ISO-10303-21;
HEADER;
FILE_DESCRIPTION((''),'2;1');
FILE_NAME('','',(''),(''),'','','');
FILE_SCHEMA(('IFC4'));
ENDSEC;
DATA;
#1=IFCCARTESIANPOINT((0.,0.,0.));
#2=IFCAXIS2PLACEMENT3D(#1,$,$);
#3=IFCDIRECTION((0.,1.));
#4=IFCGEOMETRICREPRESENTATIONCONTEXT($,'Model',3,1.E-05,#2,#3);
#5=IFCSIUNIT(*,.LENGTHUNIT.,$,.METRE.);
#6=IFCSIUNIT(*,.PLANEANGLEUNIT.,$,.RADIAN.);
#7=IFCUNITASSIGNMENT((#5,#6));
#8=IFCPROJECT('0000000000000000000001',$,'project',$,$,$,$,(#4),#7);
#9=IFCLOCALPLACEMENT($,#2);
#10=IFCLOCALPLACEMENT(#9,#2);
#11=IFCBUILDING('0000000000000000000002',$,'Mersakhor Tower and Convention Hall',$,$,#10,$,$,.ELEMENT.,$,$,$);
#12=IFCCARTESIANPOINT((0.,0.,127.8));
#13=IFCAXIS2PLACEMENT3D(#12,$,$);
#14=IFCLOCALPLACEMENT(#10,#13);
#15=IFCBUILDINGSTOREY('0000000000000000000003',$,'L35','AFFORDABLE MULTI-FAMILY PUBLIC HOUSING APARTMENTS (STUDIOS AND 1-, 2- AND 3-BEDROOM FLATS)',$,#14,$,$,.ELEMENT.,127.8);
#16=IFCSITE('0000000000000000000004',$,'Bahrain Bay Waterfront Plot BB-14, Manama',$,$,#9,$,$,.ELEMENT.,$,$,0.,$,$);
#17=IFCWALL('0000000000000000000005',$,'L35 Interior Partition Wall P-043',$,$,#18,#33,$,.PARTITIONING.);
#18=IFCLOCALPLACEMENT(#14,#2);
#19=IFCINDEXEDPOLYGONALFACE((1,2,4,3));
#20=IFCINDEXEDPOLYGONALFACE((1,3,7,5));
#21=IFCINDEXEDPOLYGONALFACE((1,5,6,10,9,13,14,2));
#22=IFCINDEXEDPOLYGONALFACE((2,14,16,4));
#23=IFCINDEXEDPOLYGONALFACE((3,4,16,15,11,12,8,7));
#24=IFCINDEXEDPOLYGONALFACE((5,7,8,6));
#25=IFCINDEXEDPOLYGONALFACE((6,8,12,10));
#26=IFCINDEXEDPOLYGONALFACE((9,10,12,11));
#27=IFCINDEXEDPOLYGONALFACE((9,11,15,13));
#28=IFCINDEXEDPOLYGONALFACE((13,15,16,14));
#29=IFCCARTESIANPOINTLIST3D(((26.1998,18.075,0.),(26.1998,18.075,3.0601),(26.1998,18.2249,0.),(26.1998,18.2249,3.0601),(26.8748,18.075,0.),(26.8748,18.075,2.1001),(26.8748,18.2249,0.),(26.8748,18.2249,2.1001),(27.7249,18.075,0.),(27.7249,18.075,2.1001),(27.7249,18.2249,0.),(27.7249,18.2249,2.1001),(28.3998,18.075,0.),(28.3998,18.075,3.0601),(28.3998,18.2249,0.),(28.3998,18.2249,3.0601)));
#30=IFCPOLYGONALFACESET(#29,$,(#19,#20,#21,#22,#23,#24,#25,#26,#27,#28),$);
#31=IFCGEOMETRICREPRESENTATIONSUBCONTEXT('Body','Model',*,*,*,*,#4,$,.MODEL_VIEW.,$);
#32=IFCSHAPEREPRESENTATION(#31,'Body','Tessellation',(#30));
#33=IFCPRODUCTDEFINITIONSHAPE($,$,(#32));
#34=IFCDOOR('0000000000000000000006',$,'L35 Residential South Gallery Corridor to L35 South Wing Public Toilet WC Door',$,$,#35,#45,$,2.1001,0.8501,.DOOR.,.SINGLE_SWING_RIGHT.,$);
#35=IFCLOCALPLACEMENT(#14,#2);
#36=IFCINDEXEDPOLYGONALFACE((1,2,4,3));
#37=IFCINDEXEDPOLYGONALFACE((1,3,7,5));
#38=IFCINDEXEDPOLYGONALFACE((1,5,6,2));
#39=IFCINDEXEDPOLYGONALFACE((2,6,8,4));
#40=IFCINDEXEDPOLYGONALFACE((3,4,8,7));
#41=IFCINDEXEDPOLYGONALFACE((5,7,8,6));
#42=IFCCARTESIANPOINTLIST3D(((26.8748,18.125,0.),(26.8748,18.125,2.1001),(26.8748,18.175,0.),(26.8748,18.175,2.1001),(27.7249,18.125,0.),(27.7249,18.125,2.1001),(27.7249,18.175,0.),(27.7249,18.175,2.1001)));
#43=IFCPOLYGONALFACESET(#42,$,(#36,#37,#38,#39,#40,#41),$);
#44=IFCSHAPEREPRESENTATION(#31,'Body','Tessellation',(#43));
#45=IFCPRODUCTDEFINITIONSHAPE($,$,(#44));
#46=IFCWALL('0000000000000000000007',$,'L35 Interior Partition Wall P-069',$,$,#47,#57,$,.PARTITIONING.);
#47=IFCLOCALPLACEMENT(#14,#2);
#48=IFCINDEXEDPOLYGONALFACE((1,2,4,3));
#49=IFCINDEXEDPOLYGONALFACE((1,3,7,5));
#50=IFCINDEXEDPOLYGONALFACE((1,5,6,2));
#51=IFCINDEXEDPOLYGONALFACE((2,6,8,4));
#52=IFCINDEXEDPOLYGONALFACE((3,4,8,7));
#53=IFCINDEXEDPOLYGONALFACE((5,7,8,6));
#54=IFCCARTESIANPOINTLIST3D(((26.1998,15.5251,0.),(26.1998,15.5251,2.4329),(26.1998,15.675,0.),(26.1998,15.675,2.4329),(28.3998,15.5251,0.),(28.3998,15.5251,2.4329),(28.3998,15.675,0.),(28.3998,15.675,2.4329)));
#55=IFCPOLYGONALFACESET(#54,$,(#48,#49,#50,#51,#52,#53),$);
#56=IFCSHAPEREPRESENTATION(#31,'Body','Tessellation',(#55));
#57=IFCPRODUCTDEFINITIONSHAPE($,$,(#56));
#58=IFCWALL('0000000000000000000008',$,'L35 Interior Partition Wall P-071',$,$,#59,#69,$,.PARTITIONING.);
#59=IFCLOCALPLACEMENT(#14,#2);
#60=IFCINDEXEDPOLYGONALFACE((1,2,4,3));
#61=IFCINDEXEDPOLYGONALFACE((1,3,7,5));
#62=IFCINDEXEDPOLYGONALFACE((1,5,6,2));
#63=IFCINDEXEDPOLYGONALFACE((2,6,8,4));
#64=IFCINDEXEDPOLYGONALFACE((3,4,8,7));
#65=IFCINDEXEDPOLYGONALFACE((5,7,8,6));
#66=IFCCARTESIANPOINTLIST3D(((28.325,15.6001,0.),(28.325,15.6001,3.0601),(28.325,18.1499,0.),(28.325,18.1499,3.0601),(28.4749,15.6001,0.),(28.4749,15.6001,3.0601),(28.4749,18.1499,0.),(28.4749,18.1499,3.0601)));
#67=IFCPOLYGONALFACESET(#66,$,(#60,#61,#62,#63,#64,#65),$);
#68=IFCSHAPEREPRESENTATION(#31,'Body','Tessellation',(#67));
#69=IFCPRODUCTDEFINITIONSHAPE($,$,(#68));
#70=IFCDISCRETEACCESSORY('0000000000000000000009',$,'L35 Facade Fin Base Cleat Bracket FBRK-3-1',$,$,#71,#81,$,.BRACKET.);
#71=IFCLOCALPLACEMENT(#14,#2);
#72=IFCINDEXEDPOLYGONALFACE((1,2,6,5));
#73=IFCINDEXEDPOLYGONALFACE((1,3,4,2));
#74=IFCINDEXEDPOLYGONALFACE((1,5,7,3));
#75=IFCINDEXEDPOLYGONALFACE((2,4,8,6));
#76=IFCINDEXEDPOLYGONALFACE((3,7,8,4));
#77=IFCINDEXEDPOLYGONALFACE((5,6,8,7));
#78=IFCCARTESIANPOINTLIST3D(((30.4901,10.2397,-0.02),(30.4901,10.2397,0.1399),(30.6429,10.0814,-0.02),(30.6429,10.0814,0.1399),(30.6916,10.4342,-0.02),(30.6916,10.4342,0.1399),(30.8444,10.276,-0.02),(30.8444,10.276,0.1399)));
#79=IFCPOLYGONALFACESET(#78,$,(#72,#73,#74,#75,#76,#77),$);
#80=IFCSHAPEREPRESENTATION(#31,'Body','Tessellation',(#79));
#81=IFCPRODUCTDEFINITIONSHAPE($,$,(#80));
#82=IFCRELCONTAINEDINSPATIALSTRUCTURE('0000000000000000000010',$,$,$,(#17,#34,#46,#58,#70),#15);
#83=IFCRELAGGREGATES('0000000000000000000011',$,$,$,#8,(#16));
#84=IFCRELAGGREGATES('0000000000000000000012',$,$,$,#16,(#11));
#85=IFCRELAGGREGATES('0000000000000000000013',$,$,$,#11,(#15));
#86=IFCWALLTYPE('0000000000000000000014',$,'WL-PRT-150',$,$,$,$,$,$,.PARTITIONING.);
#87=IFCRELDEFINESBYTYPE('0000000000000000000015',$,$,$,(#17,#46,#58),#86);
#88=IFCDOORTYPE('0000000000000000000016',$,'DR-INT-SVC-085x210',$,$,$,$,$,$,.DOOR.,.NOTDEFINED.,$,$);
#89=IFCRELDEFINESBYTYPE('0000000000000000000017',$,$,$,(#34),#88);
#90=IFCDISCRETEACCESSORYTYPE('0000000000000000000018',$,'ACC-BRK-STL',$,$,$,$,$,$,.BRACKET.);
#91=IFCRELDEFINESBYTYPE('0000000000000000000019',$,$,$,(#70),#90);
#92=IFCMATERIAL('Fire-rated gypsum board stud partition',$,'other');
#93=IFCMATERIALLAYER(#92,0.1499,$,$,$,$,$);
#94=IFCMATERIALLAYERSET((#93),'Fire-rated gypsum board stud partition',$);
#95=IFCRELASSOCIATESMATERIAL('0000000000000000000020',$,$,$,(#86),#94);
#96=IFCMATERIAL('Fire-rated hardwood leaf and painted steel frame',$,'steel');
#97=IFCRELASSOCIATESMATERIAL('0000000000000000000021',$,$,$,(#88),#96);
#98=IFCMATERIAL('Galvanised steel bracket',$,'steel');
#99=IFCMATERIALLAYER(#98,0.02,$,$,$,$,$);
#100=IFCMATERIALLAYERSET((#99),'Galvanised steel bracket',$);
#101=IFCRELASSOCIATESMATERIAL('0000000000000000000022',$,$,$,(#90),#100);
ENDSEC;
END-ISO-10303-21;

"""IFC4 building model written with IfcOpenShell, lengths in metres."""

from ifc_helpers import new_model, si_unit, direction, frame, frame_2d, origin, origin_2d, place, context, subcontext, project, spatial, rectangle, extrude, material, layer, layer_set, type_object, element, fill, save


model = new_model("IFC4")

# Units and contexts
model_context = context("Model", 3, precision=1e-05, world=origin(), true_north=direction((0.0, 1.0)))
body_context = subcontext(model_context, "Body", "Model", "MODEL_VIEW")
ifc_project = project(units=[si_unit("LENGTHUNIT", "METRE"), si_unit("PLANEANGLEUNIT", "RADIAN")], contexts=[model_context])

# Site, building, storey
site_placement = place(None, origin())
site = spatial("IfcSite", under=ifc_project, at=site_placement, Name="Bahrain Bay Waterfront Plot BB-14, Manama", CompositionType="ELEMENT", RefElevation=0.0)
building_placement = place(site_placement, origin())
building = spatial("IfcBuilding", under=site, at=building_placement, Name="Mersakhor Tower and Convention Hall", CompositionType="ELEMENT")
storey_placement = place(building_placement, frame((0.0, 0.0, 127.8)))
storey = spatial("IfcBuildingStorey", under=building, at=storey_placement, Name="L35", Description="AFFORDABLE MULTI-FAMILY PUBLIC HOUSING APARTMENTS (STUDIOS AND 1-, 2- AND 3-BEDROOM FLATS)", CompositionType="ELEMENT", Elevation=127.8)

# Shared definitions
ifc_material_1 = material(Name="Fire-rated gypsum board stud partition", Category="other")
ifc_layer_1 = layer(ifc_material_1, 0.1499)
ifc_layer_set_1 = layer_set([ifc_layer_1], Name="Fire-rated gypsum board stud partition")
wall_type_1 = type_object("IfcWallType", Name="WL-PRT-150", PredefinedType="PARTITIONING", material=ifc_layer_set_1)

# Wall, opening, door
wall_1_placement = place(storey_placement, frame((28.3999, 18.1499, 0.0), z_axis=(0.0, 0.0, 1.0), x_axis=(-1.0, 0.0, 0.0)))
wall_1 = element("IfcWall", 1, at=wall_1_placement, inside=storey, type_object=wall_type_1, Name="L35 Interior Partition Wall P-043", PredefinedType="PARTITIONING", context=body_context, shape_type="SweptSolid", body=[
    extrude(rectangle(XDim=2.2, YDim=0.1499, at=frame_2d((1.1001, 0.0))), origin(), (0.0, 0.0, 1.0), 3.0601),
])
opening_1_placement = place(wall_1_placement, frame((0.675, 0.0, 0.0)))
opening_1 = element("IfcOpeningElement", 2, at=opening_1_placement, cuts=wall_1, PredefinedType="OPENING", context=body_context, shape_type="SweptSolid", body=[
    extrude(rectangle(XDim=0.8501, YDim=2.1001, at=frame_2d((0.425, 1.05))), frame((0.0, 0.085, 0.0), z_axis=(0.0, -1.0, 0.0), x_axis=(1.0, 0.0, 0.0)), (0.0, 0.0, 1.0), 0.1699),
])
ifc_material_2 = material(Name="Fire-rated hardwood leaf and painted steel frame", Category="steel")
door_type_1 = type_object("IfcDoorType", Name="DR-INT-SVC-085x210", OperationType="NOTDEFINED", PredefinedType="DOOR", material=ifc_material_2)
door_1_placement = place(opening_1_placement, origin())
door_1 = element("IfcDoor", 3, at=door_1_placement, inside=storey, type_object=door_type_1, Name="L35 Residential South Gallery Corridor to L35 South Wing Public Toilet WC Door", OperationType="SINGLE_SWING_RIGHT", OverallHeight=2.1001, OverallWidth=0.8501, PredefinedType="DOOR", context=body_context, shape_type="SweptSolid", body=[
    extrude(rectangle(XDim=0.8501, YDim=2.1001, at=frame_2d((0.425, 1.05))), frame((0.0, 0.0249, 0.0), z_axis=(0.0, -1.0, 0.0), x_axis=(1.0, 0.0, 0.0)), (0.0, 0.0, 1.0), 0.05),
])
fill(opening_1, door_1)

# Walls
wall_2_placement = place(storey_placement, frame((28.3999, 15.6001, 0.0), z_axis=(0.0, 0.0, 1.0), x_axis=(-1.0, 0.0, 0.0)))
element("IfcWall", 4, at=wall_2_placement, inside=storey, type_object=wall_type_1, Name="L35 Interior Partition Wall P-069", PredefinedType="PARTITIONING", context=body_context, shape_type="SweptSolid", body=[
    extrude(rectangle(XDim=2.2, YDim=0.1499, at=frame_2d((1.1001, 0.0))), origin(), (0.0, 0.0, 1.0), 2.4329),
])
wall_3_placement = place(storey_placement, frame((28.3999, 18.1499, 0.0), z_axis=(0.0, 0.0, 1.0), x_axis=(0.0, -1.0, 0.0)))
element("IfcWall", 5, at=wall_3_placement, inside=storey, type_object=wall_type_1, Name="L35 Interior Partition Wall P-071", PredefinedType="PARTITIONING", context=body_context, shape_type="SweptSolid", body=[
    extrude(rectangle(XDim=2.5498, YDim=0.1499, at=frame_2d((1.2749, 0.0))), origin(), (0.0, 0.0, 1.0), 3.0601),
])

# Discrete accessory
ifc_material_3 = material(Name="Galvanised steel bracket", Category="steel")
ifc_layer_2 = layer(ifc_material_3, 0.02)
ifc_layer_set_2 = layer_set([ifc_layer_2], Name="Galvanised steel bracket")
discrete_accessory_type = type_object("IfcDiscreteAccessoryType", Name="ACC-BRK-STL", PredefinedType="BRACKET", material=ifc_layer_set_2)
discrete_accessory_placement = place(storey_placement, frame((30.6672, 10.2578, -0.02), z_axis=(0.0, 0.0, 1.0), x_axis=(-0.71934, -0.694658, 0.0)))
element("IfcDiscreteAccessory", 6, at=discrete_accessory_placement, inside=storey, type_object=discrete_accessory_type, Name="L35 Facade Fin Base Cleat Bracket FBRK-3-1", PredefinedType="BRACKET", context=body_context, shape_type="SweptSolid", body=[
    extrude(rectangle(XDim=0.28, YDim=0.22, at=origin_2d()), origin(), (0.0, 0.0, 1.0), 0.1599),
])

save(model, "model.ifc")
